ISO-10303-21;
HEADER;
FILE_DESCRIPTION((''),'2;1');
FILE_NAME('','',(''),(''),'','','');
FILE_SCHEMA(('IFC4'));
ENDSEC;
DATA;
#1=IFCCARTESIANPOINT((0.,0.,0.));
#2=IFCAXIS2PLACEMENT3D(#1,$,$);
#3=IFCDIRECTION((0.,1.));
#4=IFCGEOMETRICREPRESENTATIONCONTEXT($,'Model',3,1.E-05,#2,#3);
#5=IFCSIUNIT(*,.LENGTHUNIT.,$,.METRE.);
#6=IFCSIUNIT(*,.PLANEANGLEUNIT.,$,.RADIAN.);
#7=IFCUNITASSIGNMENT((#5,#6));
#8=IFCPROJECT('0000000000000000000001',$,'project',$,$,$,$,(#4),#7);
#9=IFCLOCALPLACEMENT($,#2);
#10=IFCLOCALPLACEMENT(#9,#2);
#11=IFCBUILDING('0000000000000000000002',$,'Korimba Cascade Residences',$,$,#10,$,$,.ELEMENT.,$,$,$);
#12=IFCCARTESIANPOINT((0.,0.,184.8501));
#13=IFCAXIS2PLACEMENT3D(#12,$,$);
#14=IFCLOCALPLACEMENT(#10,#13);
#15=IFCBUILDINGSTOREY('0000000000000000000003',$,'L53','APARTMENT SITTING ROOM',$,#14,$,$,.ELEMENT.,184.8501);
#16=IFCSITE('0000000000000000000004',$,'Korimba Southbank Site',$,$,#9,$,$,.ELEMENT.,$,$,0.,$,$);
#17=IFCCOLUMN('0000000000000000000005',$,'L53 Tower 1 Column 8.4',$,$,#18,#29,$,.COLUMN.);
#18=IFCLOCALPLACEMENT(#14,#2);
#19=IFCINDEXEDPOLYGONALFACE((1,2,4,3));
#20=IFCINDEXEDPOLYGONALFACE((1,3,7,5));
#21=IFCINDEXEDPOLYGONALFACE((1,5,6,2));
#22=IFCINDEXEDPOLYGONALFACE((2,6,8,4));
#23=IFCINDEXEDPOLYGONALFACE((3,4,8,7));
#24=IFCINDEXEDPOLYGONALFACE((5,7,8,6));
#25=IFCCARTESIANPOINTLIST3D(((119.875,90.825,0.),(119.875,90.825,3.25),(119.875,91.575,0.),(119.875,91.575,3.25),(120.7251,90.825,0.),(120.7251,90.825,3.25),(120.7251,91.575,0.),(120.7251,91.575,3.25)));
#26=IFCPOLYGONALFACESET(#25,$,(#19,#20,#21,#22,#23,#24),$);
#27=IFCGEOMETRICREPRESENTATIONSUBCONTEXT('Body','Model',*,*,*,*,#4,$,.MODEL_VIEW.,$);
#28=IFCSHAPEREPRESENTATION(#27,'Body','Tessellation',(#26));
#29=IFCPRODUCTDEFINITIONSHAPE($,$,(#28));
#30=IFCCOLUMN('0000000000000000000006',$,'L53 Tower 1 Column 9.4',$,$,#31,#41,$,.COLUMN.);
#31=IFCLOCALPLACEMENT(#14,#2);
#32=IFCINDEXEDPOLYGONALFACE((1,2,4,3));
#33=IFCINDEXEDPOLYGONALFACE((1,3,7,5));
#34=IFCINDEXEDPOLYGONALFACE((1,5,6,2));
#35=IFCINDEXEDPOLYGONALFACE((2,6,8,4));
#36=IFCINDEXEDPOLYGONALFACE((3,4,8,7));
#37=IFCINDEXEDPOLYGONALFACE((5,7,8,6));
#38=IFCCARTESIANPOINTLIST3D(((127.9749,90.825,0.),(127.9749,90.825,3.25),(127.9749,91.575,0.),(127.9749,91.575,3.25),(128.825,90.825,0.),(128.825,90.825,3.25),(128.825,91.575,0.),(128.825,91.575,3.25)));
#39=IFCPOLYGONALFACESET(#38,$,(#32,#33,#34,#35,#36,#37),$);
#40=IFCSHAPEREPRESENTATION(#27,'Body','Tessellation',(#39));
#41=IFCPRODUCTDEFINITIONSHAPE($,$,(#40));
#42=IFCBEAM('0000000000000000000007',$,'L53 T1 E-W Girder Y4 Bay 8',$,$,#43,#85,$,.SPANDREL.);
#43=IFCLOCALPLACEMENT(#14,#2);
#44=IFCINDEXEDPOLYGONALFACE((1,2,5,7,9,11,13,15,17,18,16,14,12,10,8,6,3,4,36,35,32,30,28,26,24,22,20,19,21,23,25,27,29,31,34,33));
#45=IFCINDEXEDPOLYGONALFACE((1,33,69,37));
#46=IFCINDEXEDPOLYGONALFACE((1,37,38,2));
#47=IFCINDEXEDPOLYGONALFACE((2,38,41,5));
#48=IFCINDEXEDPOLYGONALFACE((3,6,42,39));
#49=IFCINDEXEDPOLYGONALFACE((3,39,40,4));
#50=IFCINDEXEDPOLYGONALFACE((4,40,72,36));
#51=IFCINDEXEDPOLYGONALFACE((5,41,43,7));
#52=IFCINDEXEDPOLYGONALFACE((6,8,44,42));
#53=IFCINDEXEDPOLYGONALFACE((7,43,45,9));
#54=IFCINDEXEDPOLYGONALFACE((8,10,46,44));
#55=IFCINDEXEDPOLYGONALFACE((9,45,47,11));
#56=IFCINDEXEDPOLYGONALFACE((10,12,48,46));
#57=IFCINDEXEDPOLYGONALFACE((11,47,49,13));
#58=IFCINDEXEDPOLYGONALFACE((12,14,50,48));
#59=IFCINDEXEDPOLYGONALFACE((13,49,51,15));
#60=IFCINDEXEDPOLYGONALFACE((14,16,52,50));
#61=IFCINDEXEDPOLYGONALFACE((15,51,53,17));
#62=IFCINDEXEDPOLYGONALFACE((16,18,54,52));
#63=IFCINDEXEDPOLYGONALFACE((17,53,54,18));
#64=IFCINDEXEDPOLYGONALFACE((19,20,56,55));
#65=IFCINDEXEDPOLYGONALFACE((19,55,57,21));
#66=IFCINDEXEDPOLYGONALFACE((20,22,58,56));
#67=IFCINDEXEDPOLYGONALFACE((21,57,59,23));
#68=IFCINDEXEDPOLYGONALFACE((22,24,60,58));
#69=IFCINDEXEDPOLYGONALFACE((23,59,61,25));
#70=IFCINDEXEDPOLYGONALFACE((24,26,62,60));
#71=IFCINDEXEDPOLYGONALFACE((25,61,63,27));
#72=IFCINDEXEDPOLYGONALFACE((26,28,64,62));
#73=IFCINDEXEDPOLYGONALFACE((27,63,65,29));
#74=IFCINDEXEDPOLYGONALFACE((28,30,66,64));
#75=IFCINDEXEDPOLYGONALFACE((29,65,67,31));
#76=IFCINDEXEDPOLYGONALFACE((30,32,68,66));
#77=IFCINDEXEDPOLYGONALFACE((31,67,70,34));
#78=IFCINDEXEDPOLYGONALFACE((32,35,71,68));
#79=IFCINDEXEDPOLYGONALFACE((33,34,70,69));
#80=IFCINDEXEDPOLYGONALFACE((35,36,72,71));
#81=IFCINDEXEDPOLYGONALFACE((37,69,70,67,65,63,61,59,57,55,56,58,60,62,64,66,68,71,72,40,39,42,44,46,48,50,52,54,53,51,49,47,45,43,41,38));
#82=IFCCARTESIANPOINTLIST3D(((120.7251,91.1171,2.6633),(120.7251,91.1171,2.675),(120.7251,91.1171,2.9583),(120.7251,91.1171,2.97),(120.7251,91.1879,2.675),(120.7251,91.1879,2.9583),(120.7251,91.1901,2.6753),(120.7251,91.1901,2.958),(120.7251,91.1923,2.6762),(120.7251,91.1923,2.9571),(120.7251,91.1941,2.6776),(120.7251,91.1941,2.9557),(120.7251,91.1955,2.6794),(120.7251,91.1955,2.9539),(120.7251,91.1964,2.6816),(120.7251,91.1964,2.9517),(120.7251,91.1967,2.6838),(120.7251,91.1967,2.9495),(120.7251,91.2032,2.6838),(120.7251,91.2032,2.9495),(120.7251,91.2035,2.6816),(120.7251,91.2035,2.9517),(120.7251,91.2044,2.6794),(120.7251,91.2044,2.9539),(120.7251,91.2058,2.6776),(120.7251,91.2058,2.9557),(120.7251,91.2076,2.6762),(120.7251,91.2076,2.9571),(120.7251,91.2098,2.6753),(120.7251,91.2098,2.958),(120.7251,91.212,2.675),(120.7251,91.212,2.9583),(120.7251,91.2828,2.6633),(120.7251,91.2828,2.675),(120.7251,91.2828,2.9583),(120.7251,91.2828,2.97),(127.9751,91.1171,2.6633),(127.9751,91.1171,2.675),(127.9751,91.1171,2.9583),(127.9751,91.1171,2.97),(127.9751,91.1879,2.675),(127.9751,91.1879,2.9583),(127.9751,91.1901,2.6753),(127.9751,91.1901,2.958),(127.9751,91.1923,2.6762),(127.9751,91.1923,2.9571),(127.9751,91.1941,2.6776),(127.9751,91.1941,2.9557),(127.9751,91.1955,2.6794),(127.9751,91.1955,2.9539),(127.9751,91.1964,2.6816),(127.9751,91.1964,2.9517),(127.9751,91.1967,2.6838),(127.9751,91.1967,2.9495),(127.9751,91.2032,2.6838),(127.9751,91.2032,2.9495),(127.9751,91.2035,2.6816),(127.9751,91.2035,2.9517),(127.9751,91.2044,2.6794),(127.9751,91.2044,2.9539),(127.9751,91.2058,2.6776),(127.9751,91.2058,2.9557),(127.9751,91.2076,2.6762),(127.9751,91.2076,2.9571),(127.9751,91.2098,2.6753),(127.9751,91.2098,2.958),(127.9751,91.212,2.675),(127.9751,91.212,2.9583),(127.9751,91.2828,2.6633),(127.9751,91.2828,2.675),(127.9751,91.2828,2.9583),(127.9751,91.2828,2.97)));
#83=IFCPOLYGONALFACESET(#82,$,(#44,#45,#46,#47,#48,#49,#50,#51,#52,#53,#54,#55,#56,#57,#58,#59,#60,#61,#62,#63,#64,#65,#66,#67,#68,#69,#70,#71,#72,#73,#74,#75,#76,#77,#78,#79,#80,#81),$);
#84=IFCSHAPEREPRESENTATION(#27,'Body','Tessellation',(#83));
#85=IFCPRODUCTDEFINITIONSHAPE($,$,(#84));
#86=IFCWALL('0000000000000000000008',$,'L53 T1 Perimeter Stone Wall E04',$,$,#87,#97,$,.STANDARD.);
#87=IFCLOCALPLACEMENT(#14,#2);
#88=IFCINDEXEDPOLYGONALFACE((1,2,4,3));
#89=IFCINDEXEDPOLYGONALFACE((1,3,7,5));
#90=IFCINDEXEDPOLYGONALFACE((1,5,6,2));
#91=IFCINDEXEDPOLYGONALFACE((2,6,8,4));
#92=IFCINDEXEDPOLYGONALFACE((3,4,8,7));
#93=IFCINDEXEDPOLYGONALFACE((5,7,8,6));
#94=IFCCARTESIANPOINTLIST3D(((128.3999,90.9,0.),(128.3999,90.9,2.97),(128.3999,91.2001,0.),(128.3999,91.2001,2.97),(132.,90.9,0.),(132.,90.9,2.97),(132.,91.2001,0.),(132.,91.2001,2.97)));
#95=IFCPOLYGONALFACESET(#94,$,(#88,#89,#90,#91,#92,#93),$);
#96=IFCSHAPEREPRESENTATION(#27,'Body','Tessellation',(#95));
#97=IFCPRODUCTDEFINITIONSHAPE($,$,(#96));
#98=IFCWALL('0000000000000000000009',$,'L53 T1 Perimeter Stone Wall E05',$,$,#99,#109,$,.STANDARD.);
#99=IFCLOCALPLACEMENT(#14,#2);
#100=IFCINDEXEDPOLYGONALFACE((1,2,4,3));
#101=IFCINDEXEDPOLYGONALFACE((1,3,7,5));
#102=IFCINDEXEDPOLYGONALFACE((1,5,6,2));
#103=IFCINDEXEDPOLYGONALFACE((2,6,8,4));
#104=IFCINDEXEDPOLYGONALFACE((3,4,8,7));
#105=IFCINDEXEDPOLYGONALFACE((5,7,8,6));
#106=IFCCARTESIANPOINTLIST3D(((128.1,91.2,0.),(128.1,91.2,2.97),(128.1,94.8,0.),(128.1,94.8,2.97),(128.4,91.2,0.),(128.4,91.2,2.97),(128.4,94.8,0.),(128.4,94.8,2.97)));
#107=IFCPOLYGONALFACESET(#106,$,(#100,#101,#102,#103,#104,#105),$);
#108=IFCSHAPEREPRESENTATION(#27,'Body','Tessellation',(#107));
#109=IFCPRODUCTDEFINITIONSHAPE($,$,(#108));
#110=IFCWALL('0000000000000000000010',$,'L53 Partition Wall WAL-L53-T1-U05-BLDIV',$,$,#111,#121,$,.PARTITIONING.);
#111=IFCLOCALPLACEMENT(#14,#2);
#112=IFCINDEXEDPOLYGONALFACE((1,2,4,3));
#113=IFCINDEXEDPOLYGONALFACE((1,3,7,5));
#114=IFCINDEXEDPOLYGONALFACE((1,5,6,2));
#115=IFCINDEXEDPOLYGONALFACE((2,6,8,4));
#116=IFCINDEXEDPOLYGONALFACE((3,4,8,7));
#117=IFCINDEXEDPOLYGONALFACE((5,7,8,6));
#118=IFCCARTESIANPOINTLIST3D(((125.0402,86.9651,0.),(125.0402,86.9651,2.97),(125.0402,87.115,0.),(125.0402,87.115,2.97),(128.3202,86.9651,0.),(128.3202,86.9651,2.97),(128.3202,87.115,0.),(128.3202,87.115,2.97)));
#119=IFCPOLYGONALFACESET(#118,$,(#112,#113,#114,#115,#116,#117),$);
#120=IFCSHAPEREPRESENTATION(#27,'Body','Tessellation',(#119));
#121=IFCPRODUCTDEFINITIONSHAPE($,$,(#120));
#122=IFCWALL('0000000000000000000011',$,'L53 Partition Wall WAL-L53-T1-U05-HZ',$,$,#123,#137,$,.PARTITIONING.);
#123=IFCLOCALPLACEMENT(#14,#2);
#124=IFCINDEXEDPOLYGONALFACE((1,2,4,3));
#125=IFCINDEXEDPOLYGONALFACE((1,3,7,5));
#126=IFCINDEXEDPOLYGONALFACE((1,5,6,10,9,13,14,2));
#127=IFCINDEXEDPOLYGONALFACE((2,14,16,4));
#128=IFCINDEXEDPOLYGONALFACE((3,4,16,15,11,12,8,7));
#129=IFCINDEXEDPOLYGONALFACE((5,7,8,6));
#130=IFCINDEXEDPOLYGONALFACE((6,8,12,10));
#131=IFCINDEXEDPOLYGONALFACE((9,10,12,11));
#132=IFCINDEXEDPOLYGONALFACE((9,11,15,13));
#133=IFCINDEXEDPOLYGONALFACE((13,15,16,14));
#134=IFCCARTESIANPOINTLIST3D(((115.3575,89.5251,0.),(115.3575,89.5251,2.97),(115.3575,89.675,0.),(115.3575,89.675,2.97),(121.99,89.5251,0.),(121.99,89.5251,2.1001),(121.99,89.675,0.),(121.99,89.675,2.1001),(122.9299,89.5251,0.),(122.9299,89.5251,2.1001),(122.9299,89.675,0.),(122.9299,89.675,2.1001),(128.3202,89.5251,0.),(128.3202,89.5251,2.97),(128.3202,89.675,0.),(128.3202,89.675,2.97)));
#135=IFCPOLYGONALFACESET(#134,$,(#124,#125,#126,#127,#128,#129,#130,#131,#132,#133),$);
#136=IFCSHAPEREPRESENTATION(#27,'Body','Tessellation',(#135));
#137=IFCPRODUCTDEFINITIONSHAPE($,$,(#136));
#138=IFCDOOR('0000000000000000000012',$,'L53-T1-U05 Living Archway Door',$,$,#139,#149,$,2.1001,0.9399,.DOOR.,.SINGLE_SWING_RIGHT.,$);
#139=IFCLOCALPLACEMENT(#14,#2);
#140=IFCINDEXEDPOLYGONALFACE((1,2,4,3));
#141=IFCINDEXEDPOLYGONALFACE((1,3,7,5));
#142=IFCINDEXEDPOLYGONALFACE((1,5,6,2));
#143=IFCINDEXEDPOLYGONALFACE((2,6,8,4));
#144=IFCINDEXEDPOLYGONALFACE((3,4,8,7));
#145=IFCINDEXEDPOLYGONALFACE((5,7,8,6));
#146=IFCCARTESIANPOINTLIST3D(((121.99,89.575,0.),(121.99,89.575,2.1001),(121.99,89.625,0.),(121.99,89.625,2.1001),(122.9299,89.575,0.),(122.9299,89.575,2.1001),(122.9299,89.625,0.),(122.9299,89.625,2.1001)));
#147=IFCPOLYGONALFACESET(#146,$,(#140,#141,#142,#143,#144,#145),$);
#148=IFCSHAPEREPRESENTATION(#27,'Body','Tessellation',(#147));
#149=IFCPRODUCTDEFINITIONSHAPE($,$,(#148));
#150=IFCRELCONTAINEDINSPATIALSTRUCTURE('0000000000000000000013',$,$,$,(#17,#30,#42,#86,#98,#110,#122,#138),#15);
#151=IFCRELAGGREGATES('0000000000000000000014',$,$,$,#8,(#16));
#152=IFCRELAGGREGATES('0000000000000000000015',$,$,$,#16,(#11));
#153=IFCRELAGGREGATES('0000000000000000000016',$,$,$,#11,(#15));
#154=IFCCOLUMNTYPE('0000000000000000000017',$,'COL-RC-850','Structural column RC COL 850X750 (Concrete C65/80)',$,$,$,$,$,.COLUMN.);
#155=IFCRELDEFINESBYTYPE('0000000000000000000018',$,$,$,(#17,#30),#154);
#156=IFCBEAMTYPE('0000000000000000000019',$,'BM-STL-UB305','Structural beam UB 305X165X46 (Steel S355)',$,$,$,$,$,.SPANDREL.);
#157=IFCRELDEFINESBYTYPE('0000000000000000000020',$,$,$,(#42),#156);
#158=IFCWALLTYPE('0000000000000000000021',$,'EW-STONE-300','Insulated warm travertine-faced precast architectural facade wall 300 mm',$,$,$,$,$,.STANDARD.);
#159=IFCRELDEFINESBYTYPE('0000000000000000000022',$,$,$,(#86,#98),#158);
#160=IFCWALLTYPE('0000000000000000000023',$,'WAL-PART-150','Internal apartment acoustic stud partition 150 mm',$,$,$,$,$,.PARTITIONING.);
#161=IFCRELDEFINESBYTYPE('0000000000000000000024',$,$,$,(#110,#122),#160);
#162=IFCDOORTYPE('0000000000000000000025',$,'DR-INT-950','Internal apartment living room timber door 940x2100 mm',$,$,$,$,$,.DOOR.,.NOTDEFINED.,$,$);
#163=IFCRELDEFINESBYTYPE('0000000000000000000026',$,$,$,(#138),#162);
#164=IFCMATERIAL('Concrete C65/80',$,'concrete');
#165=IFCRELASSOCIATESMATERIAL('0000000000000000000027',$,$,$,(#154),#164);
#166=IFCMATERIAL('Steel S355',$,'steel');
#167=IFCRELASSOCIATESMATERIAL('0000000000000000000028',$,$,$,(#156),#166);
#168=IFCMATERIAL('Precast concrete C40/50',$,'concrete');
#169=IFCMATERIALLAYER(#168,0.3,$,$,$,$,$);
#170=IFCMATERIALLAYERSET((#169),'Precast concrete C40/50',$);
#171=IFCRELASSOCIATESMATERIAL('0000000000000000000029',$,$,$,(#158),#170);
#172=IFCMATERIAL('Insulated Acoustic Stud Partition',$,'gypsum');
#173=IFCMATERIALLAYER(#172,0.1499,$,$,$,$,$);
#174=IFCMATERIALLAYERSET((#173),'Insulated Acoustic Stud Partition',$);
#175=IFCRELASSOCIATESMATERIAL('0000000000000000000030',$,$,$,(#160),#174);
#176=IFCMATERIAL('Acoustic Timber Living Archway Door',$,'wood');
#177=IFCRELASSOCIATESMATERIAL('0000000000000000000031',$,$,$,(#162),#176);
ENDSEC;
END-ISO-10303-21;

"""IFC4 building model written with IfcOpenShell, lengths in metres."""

from ifc_helpers import new_model, si_unit, direction, frame, frame_2d, origin, origin_2d, place, context, subcontext, project, spatial, rectangle, i_section, extrude, material, layer, layer_set, material_profile, profile_set, type_object, element, fill, save


model = new_model("IFC4")

# Units and contexts
model_context = context("Model", 3, precision=1e-05, world=origin(), true_north=direction((0.0, 1.0)))
body_context = subcontext(model_context, "Body", "Model", "MODEL_VIEW")
ifc_project = project(units=[si_unit("LENGTHUNIT", "METRE"), si_unit("PLANEANGLEUNIT", "RADIAN")], contexts=[model_context])

# Site, building, storey
site_placement = place(None, origin())
site = spatial("IfcSite", under=ifc_project, at=site_placement, Name="Korimba Southbank Site", CompositionType="ELEMENT", RefElevation=0.0)
building_placement = place(site_placement, origin())
building = spatial("IfcBuilding", under=site, at=building_placement, Name="Korimba Cascade Residences", CompositionType="ELEMENT")
storey_placement = place(building_placement, frame((0.0, 0.0, 184.8501)))
storey = spatial("IfcBuildingStorey", under=building, at=storey_placement, Name="L53", Description="APARTMENT SITTING ROOM", CompositionType="ELEMENT", Elevation=184.8501)

# Columns
ifc_material_1 = material(Name="Concrete C65/80", Category="concrete")
ifc_material_profile_1 = material_profile(ifc_material_1, rectangle(XDim=0.8501, YDim=0.75, at=origin_2d()), Name="Concrete C65/80")
ifc_profile_set_1 = profile_set([ifc_material_profile_1], Name="Concrete C65/80")
column_type = type_object("IfcColumnType", Name="COL-RC-850", Description="Structural column RC COL 850X750 (Concrete C65/80)", PredefinedType="COLUMN", material=ifc_profile_set_1)
for number, where, z_axis, x_axis, name in (
    (1, (120.3, 91.2, 0.0), (0.0, 0.0, 1.0), (1.0, 0.0, 0.0), "L53 Tower 1 Column 8.4"),
    (2, (128.3999, 91.2, 0.0), (0.0, 0.0, 1.0), (1.0, 0.0, 0.0), "L53 Tower 1 Column 9.4"),
):
    element("IfcColumn", number, at=place(storey_placement, frame(where, z_axis=z_axis, x_axis=x_axis)), inside=storey, type_object=column_type, Name=name, PredefinedType="COLUMN", context=body_context, shape_type="SweptSolid", body=[
        extrude(rectangle(XDim=0.8501, YDim=0.75, at=origin_2d()), origin(), (0.0, 0.0, 1.0), 3.25),
    ])

# Beam
ifc_material_2 = material(Name="Steel S355", Category="steel")
ifc_material_profile_2 = material_profile(ifc_material_2, i_section(OverallWidth=0.1658, OverallDepth=0.3066, WebThickness=0.0066, FlangeThickness=0.0117, FilletRadius=0.0088, at=origin_2d()), Name="Steel S355")
ifc_profile_set_2 = profile_set([ifc_material_profile_2], Name="Steel S355")
beam_type = type_object("IfcBeamType", Name="BM-STL-UB305", Description="Structural beam UB 305X165X46 (Steel S355)", PredefinedType="SPANDREL", material=ifc_profile_set_2)
beam_placement = place(storey_placement, frame((120.7251, 91.2, 2.8167), z_axis=(1.0, 0.0, 0.0), x_axis=(0.0, 1.0, 0.0)))
element("IfcBeam", 3, at=beam_placement, inside=storey, type_object=beam_type, Name="L53 T1 E-W Girder Y4 Bay 8", PredefinedType="SPANDREL", context=body_context, shape_type="SweptSolid", body=[
    extrude(i_section(OverallWidth=0.1658, OverallDepth=0.3066, WebThickness=0.0066, FlangeThickness=0.0117, FilletRadius=0.0088, at=origin_2d()), origin(), (0.0, 0.0, 1.0), 7.25),
])

# Shared definitions
ifc_material_3 = material(Name="Precast concrete C40/50", Category="concrete")

# Walls
ifc_layer_1 = layer(ifc_material_3, 0.3)
ifc_layer_set_1 = layer_set([ifc_layer_1], Name="Precast concrete C40/50")
wall_type_1 = type_object("IfcWallType", Name="EW-STONE-300", Description="Insulated warm travertine-faced precast architectural facade wall 300 mm", PredefinedType="STANDARD", material=ifc_layer_set_1)
for number, where, z_axis, x_axis, name in (
    (4, (132.0, 91.05, 0.0), (0.0, 0.0, 1.0), (-1.0, 0.0, 0.0), "L53 T1 Perimeter Stone Wall E04"),
    (5, (128.25, 91.2, 0.0), (0.0, 0.0, 1.0), (0.0, 1.0, 0.0), "L53 T1 Perimeter Stone Wall E05"),
):
    element("IfcWall", number, at=place(storey_placement, frame(where, z_axis=z_axis, x_axis=x_axis)), inside=storey, type_object=wall_type_1, Name=name, PredefinedType="STANDARD", context=body_context, shape_type="SweptSolid", body=[
        extrude(rectangle(XDim=3.6001, YDim=0.3, at=frame_2d((1.8, 0.0))), origin(), (0.0, 0.0, 1.0), 2.97),
    ])
ifc_material_4 = material(Name="Insulated Acoustic Stud Partition", Category="gypsum")
ifc_layer_2 = layer(ifc_material_4, 0.1499)
ifc_layer_set_2 = layer_set([ifc_layer_2], Name="Insulated Acoustic Stud Partition")
wall_type_2 = type_object("IfcWallType", Name="WAL-PART-150", Description="Internal apartment acoustic stud partition 150 mm", PredefinedType="PARTITIONING", material=ifc_layer_set_2)
wall_1_placement = place(storey_placement, frame((125.04, 87.04, 0.0), z_axis=(0.0, 0.0, 1.0), x_axis=(1.0, 0.0, 0.0)))
element("IfcWall", 6, at=wall_1_placement, inside=storey, type_object=wall_type_2, Name="L53 Partition Wall WAL-L53-T1-U05-BLDIV", PredefinedType="PARTITIONING", context=body_context, shape_type="SweptSolid", body=[
    extrude(rectangle(XDim=3.28, YDim=0.1499, at=frame_2d((1.6401, 0.0))), origin(), (0.0, 0.0, 1.0), 2.97),
])

# Wall, opening, door
wall_2_placement = place(storey_placement, frame((115.3574, 89.6001, 0.0), z_axis=(0.0, 0.0, 1.0), x_axis=(1.0, 0.0, 0.0)))
wall_2 = element("IfcWall", 7, at=wall_2_placement, inside=storey, type_object=wall_type_2, Name="L53 Partition Wall WAL-L53-T1-U05-HZ", PredefinedType="PARTITIONING", context=body_context, shape_type="SweptSolid", body=[
    extrude(rectangle(XDim=12.9626, YDim=0.1499, at=frame_2d((6.4814, 0.0))), origin(), (0.0, 0.0, 1.0), 2.97),
])
opening_1_placement = place(wall_2_placement, frame((6.6326, 0.0, 0.0)))
opening_1 = element("IfcOpeningElement", 8, at=opening_1_placement, cuts=wall_2, PredefinedType="OPENING", context=body_context, shape_type="SweptSolid", body=[
    extrude(rectangle(XDim=0.9399, YDim=2.1001, at=frame_2d((0.47, 1.05))), frame((0.0, 0.085, 0.0), z_axis=(0.0, -1.0, 0.0), x_axis=(1.0, 0.0, 0.0)), (0.0, 0.0, 1.0), 0.1699),
])
ifc_material_5 = material(Name="Acoustic Timber Living Archway Door", Category="wood")
door_type_1 = type_object("IfcDoorType", Name="DR-INT-950", Description="Internal apartment living room timber door 940x2100 mm", OperationType="NOTDEFINED", PredefinedType="DOOR", material=ifc_material_5)
door_1_placement = place(opening_1_placement, origin())
door_1 = element("IfcDoor", 9, at=door_1_placement, inside=storey, type_object=door_type_1, Name="L53-T1-U05 Living Archway Door", OperationType="SINGLE_SWING_RIGHT", OverallHeight=2.1001, OverallWidth=0.9399, PredefinedType="DOOR", context=body_context, shape_type="SweptSolid", body=[
    extrude(rectangle(XDim=0.9399, YDim=2.1001, at=frame_2d((0.47, 1.05))), frame((0.0, 0.0249, 0.0), z_axis=(0.0, -1.0, 0.0), x_axis=(1.0, 0.0, 0.0)), (0.0, 0.0, 1.0), 0.05),
])
fill(opening_1, door_1)

save(model, "model.ifc")
